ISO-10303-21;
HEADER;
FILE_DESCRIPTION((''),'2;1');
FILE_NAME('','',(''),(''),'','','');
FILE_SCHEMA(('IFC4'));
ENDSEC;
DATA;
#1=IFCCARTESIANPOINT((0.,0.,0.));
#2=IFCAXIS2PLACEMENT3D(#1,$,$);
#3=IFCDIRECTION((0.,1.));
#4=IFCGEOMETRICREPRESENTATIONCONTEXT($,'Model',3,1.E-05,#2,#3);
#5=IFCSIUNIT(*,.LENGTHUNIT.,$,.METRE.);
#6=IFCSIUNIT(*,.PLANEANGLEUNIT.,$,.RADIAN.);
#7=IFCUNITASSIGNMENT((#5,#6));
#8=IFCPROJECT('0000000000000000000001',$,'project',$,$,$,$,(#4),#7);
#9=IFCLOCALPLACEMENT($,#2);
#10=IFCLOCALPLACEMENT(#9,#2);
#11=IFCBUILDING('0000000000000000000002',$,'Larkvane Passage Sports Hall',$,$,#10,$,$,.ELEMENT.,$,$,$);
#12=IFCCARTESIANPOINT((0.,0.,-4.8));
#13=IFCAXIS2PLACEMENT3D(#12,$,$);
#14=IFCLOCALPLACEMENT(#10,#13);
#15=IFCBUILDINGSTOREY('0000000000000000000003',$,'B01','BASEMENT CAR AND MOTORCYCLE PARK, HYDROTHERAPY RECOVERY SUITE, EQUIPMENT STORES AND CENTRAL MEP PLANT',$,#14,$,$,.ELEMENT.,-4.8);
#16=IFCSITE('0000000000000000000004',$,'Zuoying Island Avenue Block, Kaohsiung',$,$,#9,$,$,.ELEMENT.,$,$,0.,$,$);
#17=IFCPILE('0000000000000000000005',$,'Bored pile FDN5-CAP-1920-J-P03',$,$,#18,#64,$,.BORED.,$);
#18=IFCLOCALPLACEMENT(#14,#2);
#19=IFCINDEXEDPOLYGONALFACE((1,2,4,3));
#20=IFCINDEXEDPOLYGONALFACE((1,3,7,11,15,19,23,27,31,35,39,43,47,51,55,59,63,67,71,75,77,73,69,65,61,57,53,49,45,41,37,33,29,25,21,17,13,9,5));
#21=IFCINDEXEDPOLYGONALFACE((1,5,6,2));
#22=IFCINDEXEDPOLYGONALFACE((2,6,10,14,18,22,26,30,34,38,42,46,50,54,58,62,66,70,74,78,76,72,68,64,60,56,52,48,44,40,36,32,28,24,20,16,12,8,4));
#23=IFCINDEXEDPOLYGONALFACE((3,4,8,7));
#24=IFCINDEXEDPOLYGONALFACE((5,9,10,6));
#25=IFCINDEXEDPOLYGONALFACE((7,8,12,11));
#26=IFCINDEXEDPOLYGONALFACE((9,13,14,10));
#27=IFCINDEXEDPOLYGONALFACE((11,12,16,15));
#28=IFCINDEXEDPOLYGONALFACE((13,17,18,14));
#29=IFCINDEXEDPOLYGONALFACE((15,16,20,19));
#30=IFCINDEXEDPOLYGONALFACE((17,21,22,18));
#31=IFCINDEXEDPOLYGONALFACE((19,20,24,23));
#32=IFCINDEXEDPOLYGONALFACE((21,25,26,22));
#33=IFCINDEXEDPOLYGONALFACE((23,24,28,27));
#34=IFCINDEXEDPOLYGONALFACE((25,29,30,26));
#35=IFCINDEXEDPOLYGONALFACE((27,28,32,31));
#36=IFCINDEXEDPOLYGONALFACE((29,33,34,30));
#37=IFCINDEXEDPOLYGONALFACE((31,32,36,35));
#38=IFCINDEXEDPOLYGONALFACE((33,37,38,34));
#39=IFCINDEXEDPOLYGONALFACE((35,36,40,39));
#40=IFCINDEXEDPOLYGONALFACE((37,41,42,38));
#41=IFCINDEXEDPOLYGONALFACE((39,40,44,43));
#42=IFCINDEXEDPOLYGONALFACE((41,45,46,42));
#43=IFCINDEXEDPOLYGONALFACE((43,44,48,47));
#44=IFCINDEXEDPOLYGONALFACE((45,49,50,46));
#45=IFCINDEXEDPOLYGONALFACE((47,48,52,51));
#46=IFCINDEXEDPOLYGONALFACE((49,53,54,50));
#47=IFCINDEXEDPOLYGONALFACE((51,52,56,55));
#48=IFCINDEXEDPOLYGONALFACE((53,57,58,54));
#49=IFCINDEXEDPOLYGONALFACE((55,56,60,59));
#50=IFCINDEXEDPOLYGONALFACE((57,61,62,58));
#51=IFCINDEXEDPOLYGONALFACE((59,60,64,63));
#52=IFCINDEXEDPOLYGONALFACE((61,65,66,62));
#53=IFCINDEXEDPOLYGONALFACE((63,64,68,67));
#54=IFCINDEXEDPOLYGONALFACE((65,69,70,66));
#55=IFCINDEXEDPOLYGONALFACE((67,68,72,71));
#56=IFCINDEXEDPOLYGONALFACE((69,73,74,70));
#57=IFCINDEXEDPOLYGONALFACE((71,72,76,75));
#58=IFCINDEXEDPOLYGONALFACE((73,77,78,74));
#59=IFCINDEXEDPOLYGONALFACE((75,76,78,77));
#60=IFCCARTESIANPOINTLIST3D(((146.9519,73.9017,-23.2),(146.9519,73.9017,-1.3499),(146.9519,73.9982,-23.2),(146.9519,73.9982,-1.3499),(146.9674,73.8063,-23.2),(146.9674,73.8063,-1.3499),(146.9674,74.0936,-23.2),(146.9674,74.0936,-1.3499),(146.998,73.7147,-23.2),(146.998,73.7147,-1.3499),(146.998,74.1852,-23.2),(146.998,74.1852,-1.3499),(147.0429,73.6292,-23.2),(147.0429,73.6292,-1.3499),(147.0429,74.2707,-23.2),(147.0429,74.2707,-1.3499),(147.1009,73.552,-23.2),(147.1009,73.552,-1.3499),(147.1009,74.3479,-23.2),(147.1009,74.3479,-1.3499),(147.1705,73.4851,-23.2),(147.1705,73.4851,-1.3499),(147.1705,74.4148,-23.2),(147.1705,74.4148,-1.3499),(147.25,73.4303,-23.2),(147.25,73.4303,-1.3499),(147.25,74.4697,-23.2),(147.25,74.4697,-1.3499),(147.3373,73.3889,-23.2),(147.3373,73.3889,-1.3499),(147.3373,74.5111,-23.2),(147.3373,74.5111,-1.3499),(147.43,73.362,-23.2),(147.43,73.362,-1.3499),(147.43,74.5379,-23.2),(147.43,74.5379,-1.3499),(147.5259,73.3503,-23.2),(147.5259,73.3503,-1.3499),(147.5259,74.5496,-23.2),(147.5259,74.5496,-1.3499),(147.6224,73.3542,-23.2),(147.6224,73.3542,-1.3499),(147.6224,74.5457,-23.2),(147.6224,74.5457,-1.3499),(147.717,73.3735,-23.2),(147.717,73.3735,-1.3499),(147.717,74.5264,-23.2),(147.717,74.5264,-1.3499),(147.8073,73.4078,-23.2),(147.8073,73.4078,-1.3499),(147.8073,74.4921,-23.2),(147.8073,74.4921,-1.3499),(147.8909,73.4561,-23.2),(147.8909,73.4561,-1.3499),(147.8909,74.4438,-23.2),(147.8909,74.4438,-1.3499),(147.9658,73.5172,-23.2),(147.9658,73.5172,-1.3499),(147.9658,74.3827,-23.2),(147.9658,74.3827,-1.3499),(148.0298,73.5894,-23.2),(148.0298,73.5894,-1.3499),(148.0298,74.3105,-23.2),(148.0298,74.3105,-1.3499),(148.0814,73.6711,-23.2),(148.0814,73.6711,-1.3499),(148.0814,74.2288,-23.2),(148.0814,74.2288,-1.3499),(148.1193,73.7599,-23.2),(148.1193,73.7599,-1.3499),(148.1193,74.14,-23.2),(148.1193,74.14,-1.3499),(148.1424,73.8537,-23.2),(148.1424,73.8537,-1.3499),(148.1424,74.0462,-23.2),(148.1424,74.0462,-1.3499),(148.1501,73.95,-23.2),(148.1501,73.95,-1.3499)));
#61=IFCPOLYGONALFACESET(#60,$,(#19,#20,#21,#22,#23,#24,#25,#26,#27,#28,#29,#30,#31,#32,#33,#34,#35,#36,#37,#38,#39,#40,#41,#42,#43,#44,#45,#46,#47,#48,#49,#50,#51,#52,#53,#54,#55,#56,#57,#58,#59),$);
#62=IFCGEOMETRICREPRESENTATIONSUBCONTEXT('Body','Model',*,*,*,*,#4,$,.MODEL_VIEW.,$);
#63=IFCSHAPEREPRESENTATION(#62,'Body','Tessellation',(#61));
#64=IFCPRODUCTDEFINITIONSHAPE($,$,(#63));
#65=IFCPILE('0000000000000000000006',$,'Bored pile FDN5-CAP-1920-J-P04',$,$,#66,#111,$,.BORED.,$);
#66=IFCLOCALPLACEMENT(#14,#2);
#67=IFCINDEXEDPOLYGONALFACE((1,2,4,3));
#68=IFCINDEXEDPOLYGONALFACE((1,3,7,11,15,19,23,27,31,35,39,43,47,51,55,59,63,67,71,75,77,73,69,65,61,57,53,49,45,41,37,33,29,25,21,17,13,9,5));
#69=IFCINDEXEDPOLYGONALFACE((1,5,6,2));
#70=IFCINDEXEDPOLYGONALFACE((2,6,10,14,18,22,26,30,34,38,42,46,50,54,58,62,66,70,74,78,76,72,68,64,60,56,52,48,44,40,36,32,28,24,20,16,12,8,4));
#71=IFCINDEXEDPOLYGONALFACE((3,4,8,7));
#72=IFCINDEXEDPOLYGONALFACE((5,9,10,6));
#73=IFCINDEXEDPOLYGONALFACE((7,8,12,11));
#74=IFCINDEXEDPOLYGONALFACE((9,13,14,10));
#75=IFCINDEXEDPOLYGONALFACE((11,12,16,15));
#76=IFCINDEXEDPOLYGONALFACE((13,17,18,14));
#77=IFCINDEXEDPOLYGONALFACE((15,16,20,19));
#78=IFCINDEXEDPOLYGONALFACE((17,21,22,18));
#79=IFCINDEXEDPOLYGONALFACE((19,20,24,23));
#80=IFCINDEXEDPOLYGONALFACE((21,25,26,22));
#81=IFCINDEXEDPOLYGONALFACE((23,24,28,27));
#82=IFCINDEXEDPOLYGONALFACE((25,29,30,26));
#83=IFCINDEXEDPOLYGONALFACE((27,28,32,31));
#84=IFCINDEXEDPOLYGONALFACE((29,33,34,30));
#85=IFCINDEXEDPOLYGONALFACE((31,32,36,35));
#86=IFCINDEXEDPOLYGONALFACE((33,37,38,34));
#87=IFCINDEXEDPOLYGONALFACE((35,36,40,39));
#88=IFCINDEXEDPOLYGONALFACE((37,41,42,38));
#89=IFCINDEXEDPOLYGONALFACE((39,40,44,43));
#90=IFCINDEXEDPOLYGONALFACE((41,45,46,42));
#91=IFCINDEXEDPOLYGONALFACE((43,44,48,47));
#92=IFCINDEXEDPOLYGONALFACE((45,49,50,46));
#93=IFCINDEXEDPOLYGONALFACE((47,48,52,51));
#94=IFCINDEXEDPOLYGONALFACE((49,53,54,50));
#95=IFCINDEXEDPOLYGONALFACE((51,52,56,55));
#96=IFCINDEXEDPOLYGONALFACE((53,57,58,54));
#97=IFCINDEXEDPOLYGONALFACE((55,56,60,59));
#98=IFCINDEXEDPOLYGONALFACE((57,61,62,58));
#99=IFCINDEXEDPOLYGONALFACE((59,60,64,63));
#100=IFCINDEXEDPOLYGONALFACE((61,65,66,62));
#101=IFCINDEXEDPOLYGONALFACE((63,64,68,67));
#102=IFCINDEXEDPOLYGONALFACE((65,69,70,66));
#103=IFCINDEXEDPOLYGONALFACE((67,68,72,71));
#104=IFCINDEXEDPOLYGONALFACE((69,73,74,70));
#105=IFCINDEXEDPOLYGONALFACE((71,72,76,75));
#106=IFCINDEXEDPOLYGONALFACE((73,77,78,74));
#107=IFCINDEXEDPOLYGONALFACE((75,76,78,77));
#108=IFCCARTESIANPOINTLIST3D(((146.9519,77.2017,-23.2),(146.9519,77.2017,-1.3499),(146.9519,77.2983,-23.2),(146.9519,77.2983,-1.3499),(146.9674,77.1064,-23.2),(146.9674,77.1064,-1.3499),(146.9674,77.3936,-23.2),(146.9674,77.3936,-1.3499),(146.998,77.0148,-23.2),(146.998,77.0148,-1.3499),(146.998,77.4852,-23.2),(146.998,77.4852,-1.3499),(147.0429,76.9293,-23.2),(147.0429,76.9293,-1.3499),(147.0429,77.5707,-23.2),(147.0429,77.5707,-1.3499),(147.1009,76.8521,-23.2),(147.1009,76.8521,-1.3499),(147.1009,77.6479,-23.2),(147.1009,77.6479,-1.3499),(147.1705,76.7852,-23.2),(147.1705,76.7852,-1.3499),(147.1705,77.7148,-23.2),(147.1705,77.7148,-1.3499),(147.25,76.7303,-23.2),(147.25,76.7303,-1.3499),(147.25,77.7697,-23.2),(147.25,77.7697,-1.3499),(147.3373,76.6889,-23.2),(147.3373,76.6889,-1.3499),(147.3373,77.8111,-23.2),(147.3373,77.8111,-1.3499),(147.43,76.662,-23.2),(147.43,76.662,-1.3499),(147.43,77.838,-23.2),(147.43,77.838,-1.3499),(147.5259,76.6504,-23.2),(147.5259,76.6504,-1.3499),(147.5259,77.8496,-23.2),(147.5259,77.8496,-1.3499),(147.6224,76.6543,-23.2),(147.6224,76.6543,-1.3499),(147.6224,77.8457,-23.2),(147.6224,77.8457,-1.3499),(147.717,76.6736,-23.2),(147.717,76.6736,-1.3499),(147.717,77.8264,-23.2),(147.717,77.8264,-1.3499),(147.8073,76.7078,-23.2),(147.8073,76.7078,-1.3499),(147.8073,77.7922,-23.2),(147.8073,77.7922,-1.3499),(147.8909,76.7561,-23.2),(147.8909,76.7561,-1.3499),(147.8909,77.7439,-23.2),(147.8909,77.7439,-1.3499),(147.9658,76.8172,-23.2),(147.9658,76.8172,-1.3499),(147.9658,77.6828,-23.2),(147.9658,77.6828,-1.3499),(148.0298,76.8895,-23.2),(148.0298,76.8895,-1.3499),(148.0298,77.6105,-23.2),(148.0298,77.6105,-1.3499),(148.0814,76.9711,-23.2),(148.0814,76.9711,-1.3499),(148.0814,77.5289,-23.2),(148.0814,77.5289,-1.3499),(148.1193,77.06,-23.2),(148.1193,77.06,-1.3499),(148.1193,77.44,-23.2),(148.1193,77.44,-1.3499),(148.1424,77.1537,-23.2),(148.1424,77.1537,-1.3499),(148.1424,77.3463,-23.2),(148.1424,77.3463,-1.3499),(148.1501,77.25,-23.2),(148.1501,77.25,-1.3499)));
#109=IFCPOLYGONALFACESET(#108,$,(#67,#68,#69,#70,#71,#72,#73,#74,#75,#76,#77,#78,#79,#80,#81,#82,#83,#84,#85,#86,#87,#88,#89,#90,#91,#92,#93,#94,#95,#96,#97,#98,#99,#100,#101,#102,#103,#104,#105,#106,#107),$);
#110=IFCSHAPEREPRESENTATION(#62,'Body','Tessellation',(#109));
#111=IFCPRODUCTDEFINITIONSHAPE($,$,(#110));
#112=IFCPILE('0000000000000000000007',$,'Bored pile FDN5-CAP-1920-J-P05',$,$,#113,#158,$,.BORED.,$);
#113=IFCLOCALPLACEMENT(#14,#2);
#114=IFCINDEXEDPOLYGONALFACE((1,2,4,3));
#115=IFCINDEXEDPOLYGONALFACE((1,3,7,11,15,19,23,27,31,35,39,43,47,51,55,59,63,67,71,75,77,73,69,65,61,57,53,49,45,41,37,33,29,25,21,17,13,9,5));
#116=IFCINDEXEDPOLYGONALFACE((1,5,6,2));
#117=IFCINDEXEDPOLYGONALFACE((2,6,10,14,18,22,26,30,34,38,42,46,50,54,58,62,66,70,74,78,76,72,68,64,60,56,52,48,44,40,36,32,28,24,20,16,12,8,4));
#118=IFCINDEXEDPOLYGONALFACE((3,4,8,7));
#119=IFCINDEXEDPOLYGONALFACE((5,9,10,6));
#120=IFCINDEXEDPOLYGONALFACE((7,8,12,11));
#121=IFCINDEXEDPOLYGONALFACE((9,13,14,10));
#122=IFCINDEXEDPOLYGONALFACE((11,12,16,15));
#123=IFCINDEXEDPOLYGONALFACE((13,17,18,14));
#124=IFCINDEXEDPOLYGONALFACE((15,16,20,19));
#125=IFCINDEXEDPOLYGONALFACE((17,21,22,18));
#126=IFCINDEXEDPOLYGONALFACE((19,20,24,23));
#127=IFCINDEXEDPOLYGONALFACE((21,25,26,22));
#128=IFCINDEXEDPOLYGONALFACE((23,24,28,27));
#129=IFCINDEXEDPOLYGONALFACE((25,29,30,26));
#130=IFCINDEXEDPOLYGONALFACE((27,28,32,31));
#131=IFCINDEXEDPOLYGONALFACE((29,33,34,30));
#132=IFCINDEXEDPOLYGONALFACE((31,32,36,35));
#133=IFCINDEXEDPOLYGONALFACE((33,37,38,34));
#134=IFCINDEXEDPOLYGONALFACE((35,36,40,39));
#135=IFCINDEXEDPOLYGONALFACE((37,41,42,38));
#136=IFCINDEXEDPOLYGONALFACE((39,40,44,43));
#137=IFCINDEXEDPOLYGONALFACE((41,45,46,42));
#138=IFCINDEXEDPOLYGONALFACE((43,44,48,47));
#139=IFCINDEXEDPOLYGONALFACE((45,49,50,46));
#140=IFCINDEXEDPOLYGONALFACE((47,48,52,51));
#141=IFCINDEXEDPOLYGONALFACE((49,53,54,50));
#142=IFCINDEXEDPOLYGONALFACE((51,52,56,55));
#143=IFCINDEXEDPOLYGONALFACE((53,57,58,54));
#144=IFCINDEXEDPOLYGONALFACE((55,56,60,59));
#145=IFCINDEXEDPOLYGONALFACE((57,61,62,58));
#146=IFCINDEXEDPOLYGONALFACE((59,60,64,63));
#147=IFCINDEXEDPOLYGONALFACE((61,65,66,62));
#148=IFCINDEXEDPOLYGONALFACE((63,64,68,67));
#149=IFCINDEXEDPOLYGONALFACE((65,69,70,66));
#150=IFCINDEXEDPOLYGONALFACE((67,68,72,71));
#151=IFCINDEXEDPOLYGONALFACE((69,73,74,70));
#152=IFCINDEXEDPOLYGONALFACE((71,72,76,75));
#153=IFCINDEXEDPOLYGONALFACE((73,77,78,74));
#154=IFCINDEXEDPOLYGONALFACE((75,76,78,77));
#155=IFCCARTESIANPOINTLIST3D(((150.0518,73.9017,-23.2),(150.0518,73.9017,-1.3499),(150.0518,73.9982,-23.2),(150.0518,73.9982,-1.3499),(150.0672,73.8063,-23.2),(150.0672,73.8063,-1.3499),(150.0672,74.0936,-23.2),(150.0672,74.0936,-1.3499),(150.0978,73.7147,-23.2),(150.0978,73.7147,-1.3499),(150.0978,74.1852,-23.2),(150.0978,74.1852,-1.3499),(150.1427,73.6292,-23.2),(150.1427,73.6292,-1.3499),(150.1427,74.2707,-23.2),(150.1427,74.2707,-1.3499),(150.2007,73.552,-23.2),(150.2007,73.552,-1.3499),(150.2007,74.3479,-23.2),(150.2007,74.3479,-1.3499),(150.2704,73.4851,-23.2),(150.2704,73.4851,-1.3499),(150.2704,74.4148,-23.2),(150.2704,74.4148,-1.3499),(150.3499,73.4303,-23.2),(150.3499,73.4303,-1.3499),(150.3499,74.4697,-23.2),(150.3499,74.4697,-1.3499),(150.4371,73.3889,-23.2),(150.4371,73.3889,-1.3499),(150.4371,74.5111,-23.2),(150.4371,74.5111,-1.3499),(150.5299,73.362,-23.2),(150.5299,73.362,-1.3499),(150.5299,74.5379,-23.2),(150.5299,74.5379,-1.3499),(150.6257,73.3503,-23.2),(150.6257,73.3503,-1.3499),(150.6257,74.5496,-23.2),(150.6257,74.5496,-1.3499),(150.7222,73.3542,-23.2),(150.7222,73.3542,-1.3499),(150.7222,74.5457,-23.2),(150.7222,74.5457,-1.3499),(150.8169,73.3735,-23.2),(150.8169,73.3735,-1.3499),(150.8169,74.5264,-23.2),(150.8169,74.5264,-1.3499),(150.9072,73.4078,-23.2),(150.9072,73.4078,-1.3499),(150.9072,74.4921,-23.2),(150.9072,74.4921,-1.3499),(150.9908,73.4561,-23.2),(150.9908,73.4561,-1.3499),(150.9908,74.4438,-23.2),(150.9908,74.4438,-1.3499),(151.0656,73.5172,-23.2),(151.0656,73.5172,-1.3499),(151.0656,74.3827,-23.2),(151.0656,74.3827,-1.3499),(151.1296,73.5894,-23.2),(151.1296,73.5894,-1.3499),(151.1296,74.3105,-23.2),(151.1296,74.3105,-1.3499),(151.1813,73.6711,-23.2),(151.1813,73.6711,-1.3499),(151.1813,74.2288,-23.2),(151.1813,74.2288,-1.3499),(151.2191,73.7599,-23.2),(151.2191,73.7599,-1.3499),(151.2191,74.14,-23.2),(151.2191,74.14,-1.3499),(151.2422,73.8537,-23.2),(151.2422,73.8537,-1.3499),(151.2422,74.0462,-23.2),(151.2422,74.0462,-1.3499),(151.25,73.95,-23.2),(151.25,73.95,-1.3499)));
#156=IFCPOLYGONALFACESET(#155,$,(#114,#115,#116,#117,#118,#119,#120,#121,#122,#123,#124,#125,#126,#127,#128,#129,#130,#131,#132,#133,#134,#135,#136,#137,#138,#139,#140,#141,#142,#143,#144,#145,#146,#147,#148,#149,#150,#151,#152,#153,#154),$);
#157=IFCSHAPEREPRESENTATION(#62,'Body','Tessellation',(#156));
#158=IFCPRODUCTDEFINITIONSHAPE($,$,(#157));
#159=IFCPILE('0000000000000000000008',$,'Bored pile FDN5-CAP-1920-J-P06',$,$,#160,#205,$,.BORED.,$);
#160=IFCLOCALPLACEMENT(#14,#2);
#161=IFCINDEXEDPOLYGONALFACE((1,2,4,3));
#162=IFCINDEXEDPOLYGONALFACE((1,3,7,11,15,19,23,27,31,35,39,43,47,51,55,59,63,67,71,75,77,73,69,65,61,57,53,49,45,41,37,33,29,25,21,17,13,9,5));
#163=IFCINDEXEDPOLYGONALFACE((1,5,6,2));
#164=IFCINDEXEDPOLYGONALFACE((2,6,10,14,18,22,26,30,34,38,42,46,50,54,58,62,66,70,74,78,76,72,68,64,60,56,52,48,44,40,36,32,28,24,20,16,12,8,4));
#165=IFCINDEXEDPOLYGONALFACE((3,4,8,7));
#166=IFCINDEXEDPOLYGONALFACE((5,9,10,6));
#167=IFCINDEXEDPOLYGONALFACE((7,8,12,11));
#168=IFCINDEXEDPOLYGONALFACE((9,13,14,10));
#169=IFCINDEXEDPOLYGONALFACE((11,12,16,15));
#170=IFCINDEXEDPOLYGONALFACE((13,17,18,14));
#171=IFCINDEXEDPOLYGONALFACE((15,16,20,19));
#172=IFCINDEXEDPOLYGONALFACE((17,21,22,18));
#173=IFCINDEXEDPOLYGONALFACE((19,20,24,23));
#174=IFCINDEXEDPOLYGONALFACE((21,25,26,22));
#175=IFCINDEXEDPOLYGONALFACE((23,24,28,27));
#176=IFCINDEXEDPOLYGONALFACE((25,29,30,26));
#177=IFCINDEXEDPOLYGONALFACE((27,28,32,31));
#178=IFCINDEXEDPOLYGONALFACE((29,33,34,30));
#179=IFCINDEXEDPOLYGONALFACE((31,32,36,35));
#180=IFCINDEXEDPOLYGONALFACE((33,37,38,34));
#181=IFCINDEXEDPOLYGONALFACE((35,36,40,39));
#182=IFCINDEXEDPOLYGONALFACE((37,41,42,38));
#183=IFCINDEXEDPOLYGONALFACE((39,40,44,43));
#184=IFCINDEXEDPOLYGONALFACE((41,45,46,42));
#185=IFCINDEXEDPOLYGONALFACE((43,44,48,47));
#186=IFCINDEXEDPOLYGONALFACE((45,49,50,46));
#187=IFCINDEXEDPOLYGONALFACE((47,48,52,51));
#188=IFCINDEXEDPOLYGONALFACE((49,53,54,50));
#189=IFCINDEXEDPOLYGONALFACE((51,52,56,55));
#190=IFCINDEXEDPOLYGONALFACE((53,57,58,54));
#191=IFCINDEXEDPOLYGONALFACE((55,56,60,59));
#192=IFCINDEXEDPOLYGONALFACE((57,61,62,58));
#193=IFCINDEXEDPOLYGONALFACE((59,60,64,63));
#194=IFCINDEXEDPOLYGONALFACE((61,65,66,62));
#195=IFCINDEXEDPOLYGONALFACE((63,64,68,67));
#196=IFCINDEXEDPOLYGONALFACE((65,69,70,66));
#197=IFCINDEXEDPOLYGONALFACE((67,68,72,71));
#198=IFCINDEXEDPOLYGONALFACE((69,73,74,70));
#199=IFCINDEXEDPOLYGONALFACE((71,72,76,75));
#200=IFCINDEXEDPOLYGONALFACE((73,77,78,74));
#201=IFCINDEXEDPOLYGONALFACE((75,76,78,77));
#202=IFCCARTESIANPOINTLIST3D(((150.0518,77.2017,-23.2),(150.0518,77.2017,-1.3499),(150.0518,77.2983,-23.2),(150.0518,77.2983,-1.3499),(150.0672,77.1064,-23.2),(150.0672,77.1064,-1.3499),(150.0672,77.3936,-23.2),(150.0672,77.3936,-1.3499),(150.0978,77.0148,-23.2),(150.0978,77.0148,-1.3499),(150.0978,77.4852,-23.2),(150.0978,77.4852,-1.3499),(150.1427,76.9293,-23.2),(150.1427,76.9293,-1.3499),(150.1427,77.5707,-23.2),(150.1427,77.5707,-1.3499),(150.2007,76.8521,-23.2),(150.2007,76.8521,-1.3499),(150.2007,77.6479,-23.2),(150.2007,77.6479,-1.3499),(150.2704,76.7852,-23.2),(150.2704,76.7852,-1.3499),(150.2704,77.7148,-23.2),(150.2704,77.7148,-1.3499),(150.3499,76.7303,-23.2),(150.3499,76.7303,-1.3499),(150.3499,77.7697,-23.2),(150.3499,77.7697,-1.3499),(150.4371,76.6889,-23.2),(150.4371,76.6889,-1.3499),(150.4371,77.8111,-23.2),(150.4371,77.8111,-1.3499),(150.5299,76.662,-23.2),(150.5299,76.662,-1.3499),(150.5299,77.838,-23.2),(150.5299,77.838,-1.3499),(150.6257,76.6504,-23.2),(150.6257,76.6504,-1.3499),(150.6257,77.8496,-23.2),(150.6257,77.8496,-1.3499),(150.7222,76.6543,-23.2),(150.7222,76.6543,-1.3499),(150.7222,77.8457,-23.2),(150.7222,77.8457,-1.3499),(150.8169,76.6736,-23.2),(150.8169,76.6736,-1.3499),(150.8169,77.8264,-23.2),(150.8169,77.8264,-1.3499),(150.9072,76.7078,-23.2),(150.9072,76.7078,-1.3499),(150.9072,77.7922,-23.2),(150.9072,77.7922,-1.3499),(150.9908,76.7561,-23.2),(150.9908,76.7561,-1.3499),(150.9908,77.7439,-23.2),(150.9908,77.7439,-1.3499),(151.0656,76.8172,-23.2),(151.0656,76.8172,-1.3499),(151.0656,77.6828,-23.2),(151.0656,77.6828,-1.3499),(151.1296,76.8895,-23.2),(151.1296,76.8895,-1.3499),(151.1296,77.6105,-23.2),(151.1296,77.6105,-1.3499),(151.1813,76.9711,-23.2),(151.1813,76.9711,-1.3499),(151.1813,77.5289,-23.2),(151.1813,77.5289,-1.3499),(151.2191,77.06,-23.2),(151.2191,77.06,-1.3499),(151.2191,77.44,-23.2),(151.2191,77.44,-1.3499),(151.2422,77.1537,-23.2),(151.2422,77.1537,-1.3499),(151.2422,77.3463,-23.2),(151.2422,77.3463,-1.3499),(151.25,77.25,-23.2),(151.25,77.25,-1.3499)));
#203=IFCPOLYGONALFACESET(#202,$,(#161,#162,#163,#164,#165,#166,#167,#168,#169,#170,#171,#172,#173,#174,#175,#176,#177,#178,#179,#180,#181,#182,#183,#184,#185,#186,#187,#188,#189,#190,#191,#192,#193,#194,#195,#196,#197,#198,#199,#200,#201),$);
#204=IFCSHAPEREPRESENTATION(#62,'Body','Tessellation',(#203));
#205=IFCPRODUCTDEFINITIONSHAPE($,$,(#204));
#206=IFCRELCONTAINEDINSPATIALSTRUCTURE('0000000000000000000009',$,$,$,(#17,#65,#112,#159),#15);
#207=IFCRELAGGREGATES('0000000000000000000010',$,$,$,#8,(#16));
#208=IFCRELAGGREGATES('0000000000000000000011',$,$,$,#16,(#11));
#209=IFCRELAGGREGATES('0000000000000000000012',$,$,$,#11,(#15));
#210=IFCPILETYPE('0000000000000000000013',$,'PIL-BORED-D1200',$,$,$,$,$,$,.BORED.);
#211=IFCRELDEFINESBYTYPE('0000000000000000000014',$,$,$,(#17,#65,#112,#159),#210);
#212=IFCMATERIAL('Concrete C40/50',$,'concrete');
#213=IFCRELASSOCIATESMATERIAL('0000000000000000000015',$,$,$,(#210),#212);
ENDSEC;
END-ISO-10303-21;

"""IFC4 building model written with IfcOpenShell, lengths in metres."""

from ifc_helpers import new_model, si_unit, direction, frame, origin, origin_2d, place, context, subcontext, project, spatial, circle, extrude, material, material_profile, profile_set, type_object, element, save


model = new_model("IFC4")

# Units and contexts
model_context = context("Model", 3, precision=1e-05, world=origin(), true_north=direction((0.0, 1.0)))
body_context = subcontext(model_context, "Body", "Model", "MODEL_VIEW")
ifc_project = project(units=[si_unit("LENGTHUNIT", "METRE"), si_unit("PLANEANGLEUNIT", "RADIAN")], contexts=[model_context])

# Site, building, storey
site_placement = place(None, origin())
site = spatial("IfcSite", under=ifc_project, at=site_placement, Name="Zuoying Island Avenue Block, Kaohsiung", CompositionType="ELEMENT", RefElevation=0.0)
building_placement = place(site_placement, origin())
building = spatial("IfcBuilding", under=site, at=building_placement, Name="Larkvane Passage Sports Hall", CompositionType="ELEMENT")
storey_placement = place(building_placement, frame((0.0, 0.0, -4.8)))
storey = spatial("IfcBuildingStorey", under=building, at=storey_placement, Name="B01", Description="BASEMENT CAR AND MOTORCYCLE PARK, HYDROTHERAPY RECOVERY SUITE, EQUIPMENT STORES AND CENTRAL MEP PLANT", CompositionType="ELEMENT", Elevation=-4.8)

# Shared definitions
ifc_material_1 = material(Name="Concrete C40/50", Category="concrete")

# Piles
ifc_material_profile_1 = material_profile(ifc_material_1, circle(Radius=0.6001, at=origin_2d()), Name="PILE-D1200")
ifc_profile_set_1 = profile_set([ifc_material_profile_1], Name="Concrete C40/50")
pile_type_1 = type_object("IfcPileType", Name="PIL-BORED-D1200", PredefinedType="BORED", material=ifc_profile_set_1)
for number, where, z_axis, x_axis, name in (
    (1, (147.55, 73.95, -1.3499), (0.0, 0.0, -1.0), (1.0, 0.0, 0.0), "Bored pile FDN5-CAP-1920-J-P03"),
    (2, (147.55, 77.25, -1.3499), (0.0, 0.0, -1.0), (1.0, 0.0, 0.0), "Bored pile FDN5-CAP-1920-J-P04"),
    (3, (150.6499, 73.95, -1.3499), (0.0, 0.0, -1.0), (1.0, 0.0, 0.0), "Bored pile FDN5-CAP-1920-J-P05"),
    (4, (150.6499, 77.25, -1.3499), (0.0, 0.0, -1.0), (1.0, 0.0, 0.0), "Bored pile FDN5-CAP-1920-J-P06"),
):
    element("IfcPile", number, at=place(storey_placement, frame(where, z_axis=z_axis, x_axis=x_axis)), inside=storey, type_object=pile_type_1, Name=name, PredefinedType="BORED", context=body_context, shape_type="SweptSolid", body=[
        extrude(circle(Radius=0.6001, at=origin_2d()), origin(), (0.0, 0.0, 1.0), 21.8501),
    ])

save(model, "model.ifc")
